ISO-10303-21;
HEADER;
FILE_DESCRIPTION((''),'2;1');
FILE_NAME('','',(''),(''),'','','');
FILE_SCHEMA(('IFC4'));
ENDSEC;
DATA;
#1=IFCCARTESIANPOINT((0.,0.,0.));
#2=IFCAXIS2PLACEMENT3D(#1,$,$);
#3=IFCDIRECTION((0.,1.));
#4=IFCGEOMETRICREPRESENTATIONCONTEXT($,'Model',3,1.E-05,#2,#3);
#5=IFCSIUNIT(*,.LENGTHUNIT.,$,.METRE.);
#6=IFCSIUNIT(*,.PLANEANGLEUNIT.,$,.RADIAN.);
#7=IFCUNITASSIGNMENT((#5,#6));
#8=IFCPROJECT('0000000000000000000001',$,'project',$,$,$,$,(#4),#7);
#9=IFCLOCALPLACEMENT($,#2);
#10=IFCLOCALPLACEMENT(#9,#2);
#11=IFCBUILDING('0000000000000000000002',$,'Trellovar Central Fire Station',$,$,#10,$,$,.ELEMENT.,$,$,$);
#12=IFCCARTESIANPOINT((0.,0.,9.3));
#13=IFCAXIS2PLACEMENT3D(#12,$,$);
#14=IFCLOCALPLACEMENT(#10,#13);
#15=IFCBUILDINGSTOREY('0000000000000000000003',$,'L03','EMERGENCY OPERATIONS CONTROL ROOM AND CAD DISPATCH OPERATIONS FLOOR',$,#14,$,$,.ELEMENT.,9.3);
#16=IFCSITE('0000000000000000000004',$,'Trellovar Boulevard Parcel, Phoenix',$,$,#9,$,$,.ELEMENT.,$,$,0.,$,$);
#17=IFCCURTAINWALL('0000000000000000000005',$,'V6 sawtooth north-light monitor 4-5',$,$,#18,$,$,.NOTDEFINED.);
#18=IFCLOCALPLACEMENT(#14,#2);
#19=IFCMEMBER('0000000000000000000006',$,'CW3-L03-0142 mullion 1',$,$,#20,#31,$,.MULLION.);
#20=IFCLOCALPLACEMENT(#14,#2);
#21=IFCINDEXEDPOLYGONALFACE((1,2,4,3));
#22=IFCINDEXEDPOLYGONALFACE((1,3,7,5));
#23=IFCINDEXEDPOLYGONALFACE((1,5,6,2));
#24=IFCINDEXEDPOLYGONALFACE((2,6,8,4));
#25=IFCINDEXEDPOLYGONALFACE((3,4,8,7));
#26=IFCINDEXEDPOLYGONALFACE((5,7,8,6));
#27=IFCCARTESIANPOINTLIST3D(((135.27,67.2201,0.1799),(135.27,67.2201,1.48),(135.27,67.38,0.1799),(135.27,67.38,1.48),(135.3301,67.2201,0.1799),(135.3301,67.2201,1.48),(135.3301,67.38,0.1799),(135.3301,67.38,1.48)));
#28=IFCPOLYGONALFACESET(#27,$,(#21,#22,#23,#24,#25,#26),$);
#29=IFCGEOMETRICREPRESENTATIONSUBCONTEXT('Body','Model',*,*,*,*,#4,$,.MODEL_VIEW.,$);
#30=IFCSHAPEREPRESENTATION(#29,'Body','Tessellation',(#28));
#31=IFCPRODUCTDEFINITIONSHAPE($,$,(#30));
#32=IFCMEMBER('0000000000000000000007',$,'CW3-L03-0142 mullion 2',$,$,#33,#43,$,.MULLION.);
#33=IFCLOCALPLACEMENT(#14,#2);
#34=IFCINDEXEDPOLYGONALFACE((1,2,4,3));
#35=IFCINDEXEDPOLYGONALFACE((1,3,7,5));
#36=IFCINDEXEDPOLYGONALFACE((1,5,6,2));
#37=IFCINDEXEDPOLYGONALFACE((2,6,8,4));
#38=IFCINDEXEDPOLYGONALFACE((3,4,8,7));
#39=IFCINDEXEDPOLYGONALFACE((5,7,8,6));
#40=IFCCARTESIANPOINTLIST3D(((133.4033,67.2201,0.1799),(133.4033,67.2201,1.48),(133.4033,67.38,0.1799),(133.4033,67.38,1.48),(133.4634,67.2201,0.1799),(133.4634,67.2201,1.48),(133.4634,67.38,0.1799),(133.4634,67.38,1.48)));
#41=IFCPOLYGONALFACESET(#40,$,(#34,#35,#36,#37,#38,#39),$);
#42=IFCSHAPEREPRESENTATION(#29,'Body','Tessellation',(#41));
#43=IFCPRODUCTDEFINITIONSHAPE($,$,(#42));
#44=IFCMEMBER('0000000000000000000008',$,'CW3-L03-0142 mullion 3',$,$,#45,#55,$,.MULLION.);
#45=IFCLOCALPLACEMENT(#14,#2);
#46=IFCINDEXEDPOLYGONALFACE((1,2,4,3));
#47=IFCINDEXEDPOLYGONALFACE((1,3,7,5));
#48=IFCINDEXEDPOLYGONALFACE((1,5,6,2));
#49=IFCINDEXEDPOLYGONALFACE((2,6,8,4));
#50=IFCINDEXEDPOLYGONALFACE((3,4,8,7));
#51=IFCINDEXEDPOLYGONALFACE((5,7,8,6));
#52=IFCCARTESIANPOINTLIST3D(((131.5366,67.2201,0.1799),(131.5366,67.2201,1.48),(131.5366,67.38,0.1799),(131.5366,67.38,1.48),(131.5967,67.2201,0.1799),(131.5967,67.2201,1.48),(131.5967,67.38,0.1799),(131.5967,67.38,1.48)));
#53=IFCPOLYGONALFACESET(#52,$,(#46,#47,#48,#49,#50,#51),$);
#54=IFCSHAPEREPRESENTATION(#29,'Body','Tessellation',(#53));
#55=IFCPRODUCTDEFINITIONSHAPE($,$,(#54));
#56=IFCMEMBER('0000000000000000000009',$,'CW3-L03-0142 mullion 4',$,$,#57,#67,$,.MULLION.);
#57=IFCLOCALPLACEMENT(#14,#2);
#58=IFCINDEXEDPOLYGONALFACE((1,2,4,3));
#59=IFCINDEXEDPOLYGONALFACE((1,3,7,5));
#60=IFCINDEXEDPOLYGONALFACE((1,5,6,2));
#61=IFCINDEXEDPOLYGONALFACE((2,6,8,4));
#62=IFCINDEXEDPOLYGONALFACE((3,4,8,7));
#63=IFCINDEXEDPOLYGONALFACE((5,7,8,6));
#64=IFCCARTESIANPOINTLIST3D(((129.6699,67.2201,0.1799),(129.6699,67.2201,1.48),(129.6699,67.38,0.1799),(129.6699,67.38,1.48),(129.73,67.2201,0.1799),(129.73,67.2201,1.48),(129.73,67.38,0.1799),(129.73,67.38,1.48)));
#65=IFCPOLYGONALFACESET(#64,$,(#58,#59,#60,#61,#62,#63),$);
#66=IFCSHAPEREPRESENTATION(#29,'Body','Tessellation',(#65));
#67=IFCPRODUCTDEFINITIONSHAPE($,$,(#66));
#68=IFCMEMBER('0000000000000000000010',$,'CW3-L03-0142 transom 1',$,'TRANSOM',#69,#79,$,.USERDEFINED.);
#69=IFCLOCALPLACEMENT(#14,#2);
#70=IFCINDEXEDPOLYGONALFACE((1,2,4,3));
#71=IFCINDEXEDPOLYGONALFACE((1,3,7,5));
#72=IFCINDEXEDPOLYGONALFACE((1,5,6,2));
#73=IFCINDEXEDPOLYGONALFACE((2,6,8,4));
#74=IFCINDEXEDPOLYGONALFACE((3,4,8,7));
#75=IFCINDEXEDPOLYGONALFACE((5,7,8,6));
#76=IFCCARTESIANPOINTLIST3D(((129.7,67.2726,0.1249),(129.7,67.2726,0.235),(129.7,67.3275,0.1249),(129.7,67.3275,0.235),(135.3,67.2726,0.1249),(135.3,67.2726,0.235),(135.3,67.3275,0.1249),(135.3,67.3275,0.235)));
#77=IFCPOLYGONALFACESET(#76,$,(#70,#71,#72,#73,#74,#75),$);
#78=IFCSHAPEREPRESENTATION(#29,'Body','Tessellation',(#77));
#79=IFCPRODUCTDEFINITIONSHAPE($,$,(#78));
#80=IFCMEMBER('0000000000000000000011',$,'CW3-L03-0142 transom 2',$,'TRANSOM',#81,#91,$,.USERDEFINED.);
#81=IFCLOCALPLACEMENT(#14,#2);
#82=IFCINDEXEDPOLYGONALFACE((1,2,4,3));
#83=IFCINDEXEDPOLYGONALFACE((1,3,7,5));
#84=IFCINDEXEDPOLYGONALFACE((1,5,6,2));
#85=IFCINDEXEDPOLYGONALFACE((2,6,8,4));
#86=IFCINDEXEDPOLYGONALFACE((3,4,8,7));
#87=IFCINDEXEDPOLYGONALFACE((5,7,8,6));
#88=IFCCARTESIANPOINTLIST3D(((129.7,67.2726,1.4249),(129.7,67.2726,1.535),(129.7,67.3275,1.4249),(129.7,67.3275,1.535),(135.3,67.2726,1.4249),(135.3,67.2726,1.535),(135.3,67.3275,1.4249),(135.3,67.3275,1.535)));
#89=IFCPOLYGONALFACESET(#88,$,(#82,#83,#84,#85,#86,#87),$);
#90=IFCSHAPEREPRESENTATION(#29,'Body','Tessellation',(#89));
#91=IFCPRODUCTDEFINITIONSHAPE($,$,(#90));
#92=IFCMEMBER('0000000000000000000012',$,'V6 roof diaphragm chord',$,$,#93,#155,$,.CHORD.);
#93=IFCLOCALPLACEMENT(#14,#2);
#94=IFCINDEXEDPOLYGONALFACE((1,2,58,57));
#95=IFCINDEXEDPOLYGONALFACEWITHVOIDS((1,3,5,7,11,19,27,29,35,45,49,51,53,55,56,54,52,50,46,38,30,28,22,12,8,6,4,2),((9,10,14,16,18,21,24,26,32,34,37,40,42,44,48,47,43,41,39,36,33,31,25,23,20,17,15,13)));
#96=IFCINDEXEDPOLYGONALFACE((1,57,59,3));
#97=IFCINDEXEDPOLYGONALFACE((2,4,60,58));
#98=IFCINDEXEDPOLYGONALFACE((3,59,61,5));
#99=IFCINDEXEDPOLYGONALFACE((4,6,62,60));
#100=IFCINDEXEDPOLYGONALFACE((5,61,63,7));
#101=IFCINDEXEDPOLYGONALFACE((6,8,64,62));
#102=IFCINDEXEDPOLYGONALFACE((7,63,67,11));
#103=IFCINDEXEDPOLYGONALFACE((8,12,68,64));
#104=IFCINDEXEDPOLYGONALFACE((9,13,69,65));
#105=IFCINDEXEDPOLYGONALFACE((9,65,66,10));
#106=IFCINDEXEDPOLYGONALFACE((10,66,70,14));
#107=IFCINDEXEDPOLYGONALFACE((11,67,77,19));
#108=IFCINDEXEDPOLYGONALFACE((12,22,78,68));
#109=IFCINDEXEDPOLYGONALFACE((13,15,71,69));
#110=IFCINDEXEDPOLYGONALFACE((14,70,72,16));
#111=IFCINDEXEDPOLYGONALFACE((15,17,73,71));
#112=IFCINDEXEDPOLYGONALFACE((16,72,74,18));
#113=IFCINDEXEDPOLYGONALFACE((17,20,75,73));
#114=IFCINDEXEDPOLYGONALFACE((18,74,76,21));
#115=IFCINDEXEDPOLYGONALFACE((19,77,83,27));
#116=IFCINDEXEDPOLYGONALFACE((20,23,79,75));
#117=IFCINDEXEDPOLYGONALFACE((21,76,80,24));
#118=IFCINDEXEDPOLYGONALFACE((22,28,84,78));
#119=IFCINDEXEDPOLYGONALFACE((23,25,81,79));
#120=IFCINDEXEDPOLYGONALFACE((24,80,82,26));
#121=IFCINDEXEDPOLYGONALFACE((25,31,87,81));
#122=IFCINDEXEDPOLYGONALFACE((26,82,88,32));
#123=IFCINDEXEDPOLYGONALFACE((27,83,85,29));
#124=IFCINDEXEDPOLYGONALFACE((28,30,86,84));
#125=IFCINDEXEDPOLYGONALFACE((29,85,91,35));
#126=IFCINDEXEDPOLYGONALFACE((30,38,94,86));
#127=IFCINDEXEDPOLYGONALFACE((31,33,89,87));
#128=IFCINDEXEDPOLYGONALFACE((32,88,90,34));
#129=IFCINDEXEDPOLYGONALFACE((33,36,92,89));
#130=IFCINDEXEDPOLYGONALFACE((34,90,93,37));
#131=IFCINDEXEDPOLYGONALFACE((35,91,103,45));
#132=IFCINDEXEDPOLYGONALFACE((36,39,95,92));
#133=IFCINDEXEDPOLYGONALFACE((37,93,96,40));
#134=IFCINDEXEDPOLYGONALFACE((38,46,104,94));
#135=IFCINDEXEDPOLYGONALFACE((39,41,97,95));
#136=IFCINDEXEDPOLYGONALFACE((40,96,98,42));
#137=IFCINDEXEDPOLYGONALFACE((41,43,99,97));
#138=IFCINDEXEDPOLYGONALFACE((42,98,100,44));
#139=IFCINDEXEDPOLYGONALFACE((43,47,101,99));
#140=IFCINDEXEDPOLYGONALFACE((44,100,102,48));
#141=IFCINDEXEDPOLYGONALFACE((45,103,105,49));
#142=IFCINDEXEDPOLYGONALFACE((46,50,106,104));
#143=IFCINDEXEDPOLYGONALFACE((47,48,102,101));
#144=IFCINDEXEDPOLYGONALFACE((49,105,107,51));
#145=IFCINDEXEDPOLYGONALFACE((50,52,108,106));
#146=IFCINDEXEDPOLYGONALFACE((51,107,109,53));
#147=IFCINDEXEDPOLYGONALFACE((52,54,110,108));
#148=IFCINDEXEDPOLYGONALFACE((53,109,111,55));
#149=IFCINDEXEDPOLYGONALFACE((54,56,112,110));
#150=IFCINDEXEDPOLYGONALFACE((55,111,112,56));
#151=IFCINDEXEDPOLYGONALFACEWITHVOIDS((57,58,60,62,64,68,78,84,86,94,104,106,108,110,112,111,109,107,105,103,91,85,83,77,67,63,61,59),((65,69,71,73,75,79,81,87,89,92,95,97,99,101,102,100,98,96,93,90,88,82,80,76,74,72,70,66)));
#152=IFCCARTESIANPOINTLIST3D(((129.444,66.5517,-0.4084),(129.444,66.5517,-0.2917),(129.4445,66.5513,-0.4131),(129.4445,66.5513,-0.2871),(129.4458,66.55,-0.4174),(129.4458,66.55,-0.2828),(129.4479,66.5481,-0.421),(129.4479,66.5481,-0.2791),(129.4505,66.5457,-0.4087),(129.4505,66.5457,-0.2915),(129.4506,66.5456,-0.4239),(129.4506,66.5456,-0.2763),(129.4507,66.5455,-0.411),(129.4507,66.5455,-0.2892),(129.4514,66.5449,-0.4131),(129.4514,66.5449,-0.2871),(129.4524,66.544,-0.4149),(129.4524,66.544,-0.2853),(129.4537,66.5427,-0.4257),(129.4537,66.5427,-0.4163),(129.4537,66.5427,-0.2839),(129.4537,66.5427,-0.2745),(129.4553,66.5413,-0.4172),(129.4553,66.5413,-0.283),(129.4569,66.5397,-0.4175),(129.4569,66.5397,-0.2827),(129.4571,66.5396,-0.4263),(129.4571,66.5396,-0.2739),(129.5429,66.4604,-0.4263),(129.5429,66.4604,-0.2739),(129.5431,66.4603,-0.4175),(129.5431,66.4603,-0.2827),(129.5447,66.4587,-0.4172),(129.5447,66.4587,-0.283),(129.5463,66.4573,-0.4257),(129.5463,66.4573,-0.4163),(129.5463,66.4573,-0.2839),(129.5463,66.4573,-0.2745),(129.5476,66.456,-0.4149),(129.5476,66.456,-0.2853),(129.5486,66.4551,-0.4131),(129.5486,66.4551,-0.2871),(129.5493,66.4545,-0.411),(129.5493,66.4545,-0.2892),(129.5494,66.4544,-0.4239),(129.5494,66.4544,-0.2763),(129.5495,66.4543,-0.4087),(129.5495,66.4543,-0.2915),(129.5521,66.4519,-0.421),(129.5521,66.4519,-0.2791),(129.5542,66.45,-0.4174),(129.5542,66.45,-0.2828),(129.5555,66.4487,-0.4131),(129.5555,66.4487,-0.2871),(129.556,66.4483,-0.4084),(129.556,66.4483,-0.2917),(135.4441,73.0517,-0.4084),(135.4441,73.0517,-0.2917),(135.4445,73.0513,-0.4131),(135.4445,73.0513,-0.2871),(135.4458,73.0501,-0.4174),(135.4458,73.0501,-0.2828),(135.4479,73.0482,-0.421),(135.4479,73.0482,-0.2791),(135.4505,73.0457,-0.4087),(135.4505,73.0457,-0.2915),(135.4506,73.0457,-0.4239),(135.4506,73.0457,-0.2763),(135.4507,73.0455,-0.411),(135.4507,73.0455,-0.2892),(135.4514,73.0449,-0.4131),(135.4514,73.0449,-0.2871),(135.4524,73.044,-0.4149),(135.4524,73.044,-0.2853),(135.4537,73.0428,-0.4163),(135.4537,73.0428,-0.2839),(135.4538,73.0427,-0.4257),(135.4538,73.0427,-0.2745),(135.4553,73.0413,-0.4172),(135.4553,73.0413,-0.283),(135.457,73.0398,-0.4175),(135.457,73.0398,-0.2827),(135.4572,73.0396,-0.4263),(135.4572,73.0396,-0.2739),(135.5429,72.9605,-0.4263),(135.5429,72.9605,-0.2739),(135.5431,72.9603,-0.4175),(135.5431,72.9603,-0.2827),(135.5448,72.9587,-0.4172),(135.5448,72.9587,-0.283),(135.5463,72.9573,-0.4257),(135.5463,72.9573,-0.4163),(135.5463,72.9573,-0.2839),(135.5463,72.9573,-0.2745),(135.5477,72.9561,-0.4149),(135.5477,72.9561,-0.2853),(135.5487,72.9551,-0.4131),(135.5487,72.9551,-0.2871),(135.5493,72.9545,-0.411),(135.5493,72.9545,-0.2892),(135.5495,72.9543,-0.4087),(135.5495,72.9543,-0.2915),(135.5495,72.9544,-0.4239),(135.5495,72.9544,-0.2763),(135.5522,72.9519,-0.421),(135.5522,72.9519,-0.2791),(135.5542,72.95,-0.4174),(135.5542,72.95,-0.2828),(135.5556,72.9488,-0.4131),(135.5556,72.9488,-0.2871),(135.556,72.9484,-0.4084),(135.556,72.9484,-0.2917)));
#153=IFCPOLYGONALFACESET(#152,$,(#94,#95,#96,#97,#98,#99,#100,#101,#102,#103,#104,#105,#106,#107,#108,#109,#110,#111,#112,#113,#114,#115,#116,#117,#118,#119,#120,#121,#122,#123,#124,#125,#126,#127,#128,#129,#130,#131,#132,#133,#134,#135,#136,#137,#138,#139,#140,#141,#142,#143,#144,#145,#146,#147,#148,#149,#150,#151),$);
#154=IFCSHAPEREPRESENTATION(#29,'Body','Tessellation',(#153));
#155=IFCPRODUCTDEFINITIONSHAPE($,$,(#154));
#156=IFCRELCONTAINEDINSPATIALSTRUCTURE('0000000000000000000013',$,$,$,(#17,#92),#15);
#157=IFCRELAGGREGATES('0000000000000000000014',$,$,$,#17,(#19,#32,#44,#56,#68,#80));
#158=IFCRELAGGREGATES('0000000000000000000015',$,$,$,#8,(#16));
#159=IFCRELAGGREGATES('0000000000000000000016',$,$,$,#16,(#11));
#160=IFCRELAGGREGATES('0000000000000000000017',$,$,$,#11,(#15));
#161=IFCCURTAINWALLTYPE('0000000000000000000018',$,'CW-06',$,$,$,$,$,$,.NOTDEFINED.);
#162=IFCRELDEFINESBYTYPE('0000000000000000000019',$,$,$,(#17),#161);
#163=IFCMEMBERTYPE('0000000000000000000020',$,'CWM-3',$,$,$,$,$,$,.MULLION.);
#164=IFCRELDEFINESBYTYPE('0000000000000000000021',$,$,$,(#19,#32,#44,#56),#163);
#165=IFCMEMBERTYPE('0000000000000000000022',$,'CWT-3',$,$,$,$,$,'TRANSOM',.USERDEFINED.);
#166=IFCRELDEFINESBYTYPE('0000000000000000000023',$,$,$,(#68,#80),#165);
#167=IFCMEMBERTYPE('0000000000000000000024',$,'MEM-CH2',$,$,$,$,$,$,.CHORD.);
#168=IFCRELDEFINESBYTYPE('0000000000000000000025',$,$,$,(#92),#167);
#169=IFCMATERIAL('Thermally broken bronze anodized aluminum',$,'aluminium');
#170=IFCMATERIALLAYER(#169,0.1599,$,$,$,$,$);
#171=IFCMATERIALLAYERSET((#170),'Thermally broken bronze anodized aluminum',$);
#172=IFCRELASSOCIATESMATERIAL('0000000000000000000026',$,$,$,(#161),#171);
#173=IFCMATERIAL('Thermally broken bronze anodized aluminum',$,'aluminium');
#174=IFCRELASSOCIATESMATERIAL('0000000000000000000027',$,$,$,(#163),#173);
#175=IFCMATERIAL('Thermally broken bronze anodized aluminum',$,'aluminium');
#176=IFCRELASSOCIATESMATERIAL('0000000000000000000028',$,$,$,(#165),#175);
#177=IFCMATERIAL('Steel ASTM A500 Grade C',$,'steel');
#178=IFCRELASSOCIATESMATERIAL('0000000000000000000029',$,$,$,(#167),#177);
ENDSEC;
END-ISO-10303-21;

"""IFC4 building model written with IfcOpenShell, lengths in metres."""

from ifc_helpers import new_model, si_unit, direction, frame, origin, origin_2d, place, context, subcontext, project, spatial, rectangle, hollow_rectangle, extrude, material, layer, layer_set, material_profile, profile_set, type_object, element, aggregate, save


model = new_model("IFC4")

# Units and contexts
model_context = context("Model", 3, precision=1e-05, world=origin(), true_north=direction((0.0, 1.0)))
body_context = subcontext(model_context, "Body", "Model", "MODEL_VIEW")
ifc_project = project(units=[si_unit("LENGTHUNIT", "METRE"), si_unit("PLANEANGLEUNIT", "RADIAN")], contexts=[model_context])

# Site, building, storey
site_placement = place(None, origin())
site = spatial("IfcSite", under=ifc_project, at=site_placement, Name="Trellovar Boulevard Parcel, Phoenix", CompositionType="ELEMENT", RefElevation=0.0)
building_placement = place(site_placement, origin())
building = spatial("IfcBuilding", under=site, at=building_placement, Name="Trellovar Central Fire Station", CompositionType="ELEMENT")
storey_placement = place(building_placement, frame((0.0, 0.0, 9.3)))
storey = spatial("IfcBuildingStorey", under=building, at=storey_placement, Name="L03", Description="EMERGENCY OPERATIONS CONTROL ROOM AND CAD DISPATCH OPERATIONS FLOOR", CompositionType="ELEMENT", Elevation=9.3)

# Curtain wall, members
ifc_material_1 = material(Name="Thermally broken bronze anodized aluminum", Category="aluminium")
ifc_layer_1 = layer(ifc_material_1, 0.1599)
ifc_layer_set_1 = layer_set([ifc_layer_1], Name="Thermally broken bronze anodized aluminum")
curtain_wall_type = type_object("IfcCurtainWallType", Name="CW-06", PredefinedType="NOTDEFINED", material=ifc_layer_set_1)
curtain_wall_placement = place(storey_placement, origin())
curtain_wall = element("IfcCurtainWall", 1, at=curtain_wall_placement, inside=storey, type_object=curtain_wall_type, Name="V6 sawtooth north-light monitor 4-5", PredefinedType="NOTDEFINED")
ifc_material_2 = material(Name="Thermally broken bronze anodized aluminum", Category="aluminium")
ifc_material_profile_1 = material_profile(ifc_material_2, rectangle(XDim=0.0601, YDim=0.1599, at=origin_2d()), Name="ALU60X160")
ifc_profile_set_1 = profile_set([ifc_material_profile_1], Name="Thermally broken bronze anodized aluminum")
member_type_1 = type_object("IfcMemberType", Name="CWM-3", PredefinedType="MULLION", material=ifc_profile_set_1)
member_1_placement = place(storey_placement, frame((135.3, 67.3, 0.1799), z_axis=(0.0, 0.0, 1.0), x_axis=(1.0, 0.0, 0.0)))
member_1 = element("IfcMember", 2, at=member_1_placement, type_object=member_type_1, Name="CW3-L03-0142 mullion 1", PredefinedType="MULLION", context=body_context, shape_type="SweptSolid", body=[
    extrude(rectangle(XDim=0.0601, YDim=0.1599, at=origin_2d()), origin(), (0.0, 0.0, 1.0), 1.3),
])
member_2_placement = place(storey_placement, frame((133.4333, 67.3, 0.1799), z_axis=(0.0, 0.0, 1.0), x_axis=(1.0, 0.0, 0.0)))
member_2 = element("IfcMember", 3, at=member_2_placement, type_object=member_type_1, Name="CW3-L03-0142 mullion 2", PredefinedType="MULLION", context=body_context, shape_type="SweptSolid", body=[
    extrude(rectangle(XDim=0.0601, YDim=0.1599, at=origin_2d()), origin(), (0.0, 0.0, 1.0), 1.3),
])
member_3_placement = place(storey_placement, frame((131.5667, 67.3, 0.1799), z_axis=(0.0, 0.0, 1.0), x_axis=(1.0, 0.0, 0.0)))
member_3 = element("IfcMember", 4, at=member_3_placement, type_object=member_type_1, Name="CW3-L03-0142 mullion 3", PredefinedType="MULLION", context=body_context, shape_type="SweptSolid", body=[
    extrude(rectangle(XDim=0.0601, YDim=0.1599, at=origin_2d()), origin(), (0.0, 0.0, 1.0), 1.3),
])
member_4_placement = place(storey_placement, frame((129.7, 67.3, 0.1799), z_axis=(0.0, 0.0, 1.0), x_axis=(1.0, 0.0, 0.0)))
member_4 = element("IfcMember", 5, at=member_4_placement, type_object=member_type_1, Name="CW3-L03-0142 mullion 4", PredefinedType="MULLION", context=body_context, shape_type="SweptSolid", body=[
    extrude(rectangle(XDim=0.0601, YDim=0.1599, at=origin_2d()), origin(), (0.0, 0.0, 1.0), 1.3),
])
ifc_material_3 = material(Name="Thermally broken bronze anodized aluminum", Category="aluminium")
ifc_material_profile_2 = material_profile(ifc_material_3, rectangle(XDim=0.0549, YDim=0.1101, at=origin_2d()), Name="ALU55X110")
ifc_profile_set_2 = profile_set([ifc_material_profile_2], Name="Thermally broken bronze anodized aluminum")
member_type_2 = type_object("IfcMemberType", Name="CWT-3", ElementType="TRANSOM", PredefinedType="USERDEFINED", material=ifc_profile_set_2)
member_5_placement = place(storey_placement, frame((135.3, 67.3, 0.1799), z_axis=(-1.0, 0.0, 0.0), x_axis=(0.0, -1.0, 0.0)))
member_5 = element("IfcMember", 6, at=member_5_placement, type_object=member_type_2, Name="CW3-L03-0142 transom 1", ObjectType="TRANSOM", PredefinedType="USERDEFINED", context=body_context, shape_type="SweptSolid", body=[
    extrude(rectangle(XDim=0.0549, YDim=0.1101, at=origin_2d()), origin(), (0.0, 0.0, 1.0), 5.6001),
])
member_6_placement = place(storey_placement, frame((135.3, 67.3, 1.48), z_axis=(-1.0, 0.0, 0.0), x_axis=(0.0, -1.0, 0.0)))
member_6 = element("IfcMember", 7, at=member_6_placement, type_object=member_type_2, Name="CW3-L03-0142 transom 2", ObjectType="TRANSOM", PredefinedType="USERDEFINED", context=body_context, shape_type="SweptSolid", body=[
    extrude(rectangle(XDim=0.0549, YDim=0.1101, at=origin_2d()), origin(), (0.0, 0.0, 1.0), 5.6001),
])

# Member
ifc_material_4 = material(Name="Steel ASTM A500 Grade C", Category="steel")
ifc_material_profile_3 = material_profile(ifc_material_4, hollow_rectangle(XDim=0.1523, YDim=0.1523, WallThickness=0.0088, InnerFilletRadius=0.0088, OuterFilletRadius=0.0178, at=origin_2d()), Name="HSS6X6X3/8")
ifc_profile_set_3 = profile_set([ifc_material_profile_3], Name="Steel ASTM A500 Grade C")
member_type_3 = type_object("IfcMemberType", Name="MEM-CH2", PredefinedType="CHORD", material=ifc_profile_set_3)
member_7_placement = place(storey_placement, frame((129.5, 66.5, -0.3501), z_axis=(0.67828, 0.734803, 0.0), x_axis=(-0.734803, 0.67828, 0.0)))
element("IfcMember", 8, at=member_7_placement, inside=storey, type_object=member_type_3, Name="V6 roof diaphragm chord", PredefinedType="CHORD", context=body_context, shape_type="SweptSolid", body=[
    extrude(hollow_rectangle(XDim=0.1523, YDim=0.1523, WallThickness=0.0088, InnerFilletRadius=0.0088, OuterFilletRadius=0.0178, at=origin_2d()), origin(), (0.0, 0.0, 1.0), 8.8459),
])

aggregate(curtain_wall, [member_1, member_2, member_3, member_4, member_5, member_6])

save(model, "model.ifc")
